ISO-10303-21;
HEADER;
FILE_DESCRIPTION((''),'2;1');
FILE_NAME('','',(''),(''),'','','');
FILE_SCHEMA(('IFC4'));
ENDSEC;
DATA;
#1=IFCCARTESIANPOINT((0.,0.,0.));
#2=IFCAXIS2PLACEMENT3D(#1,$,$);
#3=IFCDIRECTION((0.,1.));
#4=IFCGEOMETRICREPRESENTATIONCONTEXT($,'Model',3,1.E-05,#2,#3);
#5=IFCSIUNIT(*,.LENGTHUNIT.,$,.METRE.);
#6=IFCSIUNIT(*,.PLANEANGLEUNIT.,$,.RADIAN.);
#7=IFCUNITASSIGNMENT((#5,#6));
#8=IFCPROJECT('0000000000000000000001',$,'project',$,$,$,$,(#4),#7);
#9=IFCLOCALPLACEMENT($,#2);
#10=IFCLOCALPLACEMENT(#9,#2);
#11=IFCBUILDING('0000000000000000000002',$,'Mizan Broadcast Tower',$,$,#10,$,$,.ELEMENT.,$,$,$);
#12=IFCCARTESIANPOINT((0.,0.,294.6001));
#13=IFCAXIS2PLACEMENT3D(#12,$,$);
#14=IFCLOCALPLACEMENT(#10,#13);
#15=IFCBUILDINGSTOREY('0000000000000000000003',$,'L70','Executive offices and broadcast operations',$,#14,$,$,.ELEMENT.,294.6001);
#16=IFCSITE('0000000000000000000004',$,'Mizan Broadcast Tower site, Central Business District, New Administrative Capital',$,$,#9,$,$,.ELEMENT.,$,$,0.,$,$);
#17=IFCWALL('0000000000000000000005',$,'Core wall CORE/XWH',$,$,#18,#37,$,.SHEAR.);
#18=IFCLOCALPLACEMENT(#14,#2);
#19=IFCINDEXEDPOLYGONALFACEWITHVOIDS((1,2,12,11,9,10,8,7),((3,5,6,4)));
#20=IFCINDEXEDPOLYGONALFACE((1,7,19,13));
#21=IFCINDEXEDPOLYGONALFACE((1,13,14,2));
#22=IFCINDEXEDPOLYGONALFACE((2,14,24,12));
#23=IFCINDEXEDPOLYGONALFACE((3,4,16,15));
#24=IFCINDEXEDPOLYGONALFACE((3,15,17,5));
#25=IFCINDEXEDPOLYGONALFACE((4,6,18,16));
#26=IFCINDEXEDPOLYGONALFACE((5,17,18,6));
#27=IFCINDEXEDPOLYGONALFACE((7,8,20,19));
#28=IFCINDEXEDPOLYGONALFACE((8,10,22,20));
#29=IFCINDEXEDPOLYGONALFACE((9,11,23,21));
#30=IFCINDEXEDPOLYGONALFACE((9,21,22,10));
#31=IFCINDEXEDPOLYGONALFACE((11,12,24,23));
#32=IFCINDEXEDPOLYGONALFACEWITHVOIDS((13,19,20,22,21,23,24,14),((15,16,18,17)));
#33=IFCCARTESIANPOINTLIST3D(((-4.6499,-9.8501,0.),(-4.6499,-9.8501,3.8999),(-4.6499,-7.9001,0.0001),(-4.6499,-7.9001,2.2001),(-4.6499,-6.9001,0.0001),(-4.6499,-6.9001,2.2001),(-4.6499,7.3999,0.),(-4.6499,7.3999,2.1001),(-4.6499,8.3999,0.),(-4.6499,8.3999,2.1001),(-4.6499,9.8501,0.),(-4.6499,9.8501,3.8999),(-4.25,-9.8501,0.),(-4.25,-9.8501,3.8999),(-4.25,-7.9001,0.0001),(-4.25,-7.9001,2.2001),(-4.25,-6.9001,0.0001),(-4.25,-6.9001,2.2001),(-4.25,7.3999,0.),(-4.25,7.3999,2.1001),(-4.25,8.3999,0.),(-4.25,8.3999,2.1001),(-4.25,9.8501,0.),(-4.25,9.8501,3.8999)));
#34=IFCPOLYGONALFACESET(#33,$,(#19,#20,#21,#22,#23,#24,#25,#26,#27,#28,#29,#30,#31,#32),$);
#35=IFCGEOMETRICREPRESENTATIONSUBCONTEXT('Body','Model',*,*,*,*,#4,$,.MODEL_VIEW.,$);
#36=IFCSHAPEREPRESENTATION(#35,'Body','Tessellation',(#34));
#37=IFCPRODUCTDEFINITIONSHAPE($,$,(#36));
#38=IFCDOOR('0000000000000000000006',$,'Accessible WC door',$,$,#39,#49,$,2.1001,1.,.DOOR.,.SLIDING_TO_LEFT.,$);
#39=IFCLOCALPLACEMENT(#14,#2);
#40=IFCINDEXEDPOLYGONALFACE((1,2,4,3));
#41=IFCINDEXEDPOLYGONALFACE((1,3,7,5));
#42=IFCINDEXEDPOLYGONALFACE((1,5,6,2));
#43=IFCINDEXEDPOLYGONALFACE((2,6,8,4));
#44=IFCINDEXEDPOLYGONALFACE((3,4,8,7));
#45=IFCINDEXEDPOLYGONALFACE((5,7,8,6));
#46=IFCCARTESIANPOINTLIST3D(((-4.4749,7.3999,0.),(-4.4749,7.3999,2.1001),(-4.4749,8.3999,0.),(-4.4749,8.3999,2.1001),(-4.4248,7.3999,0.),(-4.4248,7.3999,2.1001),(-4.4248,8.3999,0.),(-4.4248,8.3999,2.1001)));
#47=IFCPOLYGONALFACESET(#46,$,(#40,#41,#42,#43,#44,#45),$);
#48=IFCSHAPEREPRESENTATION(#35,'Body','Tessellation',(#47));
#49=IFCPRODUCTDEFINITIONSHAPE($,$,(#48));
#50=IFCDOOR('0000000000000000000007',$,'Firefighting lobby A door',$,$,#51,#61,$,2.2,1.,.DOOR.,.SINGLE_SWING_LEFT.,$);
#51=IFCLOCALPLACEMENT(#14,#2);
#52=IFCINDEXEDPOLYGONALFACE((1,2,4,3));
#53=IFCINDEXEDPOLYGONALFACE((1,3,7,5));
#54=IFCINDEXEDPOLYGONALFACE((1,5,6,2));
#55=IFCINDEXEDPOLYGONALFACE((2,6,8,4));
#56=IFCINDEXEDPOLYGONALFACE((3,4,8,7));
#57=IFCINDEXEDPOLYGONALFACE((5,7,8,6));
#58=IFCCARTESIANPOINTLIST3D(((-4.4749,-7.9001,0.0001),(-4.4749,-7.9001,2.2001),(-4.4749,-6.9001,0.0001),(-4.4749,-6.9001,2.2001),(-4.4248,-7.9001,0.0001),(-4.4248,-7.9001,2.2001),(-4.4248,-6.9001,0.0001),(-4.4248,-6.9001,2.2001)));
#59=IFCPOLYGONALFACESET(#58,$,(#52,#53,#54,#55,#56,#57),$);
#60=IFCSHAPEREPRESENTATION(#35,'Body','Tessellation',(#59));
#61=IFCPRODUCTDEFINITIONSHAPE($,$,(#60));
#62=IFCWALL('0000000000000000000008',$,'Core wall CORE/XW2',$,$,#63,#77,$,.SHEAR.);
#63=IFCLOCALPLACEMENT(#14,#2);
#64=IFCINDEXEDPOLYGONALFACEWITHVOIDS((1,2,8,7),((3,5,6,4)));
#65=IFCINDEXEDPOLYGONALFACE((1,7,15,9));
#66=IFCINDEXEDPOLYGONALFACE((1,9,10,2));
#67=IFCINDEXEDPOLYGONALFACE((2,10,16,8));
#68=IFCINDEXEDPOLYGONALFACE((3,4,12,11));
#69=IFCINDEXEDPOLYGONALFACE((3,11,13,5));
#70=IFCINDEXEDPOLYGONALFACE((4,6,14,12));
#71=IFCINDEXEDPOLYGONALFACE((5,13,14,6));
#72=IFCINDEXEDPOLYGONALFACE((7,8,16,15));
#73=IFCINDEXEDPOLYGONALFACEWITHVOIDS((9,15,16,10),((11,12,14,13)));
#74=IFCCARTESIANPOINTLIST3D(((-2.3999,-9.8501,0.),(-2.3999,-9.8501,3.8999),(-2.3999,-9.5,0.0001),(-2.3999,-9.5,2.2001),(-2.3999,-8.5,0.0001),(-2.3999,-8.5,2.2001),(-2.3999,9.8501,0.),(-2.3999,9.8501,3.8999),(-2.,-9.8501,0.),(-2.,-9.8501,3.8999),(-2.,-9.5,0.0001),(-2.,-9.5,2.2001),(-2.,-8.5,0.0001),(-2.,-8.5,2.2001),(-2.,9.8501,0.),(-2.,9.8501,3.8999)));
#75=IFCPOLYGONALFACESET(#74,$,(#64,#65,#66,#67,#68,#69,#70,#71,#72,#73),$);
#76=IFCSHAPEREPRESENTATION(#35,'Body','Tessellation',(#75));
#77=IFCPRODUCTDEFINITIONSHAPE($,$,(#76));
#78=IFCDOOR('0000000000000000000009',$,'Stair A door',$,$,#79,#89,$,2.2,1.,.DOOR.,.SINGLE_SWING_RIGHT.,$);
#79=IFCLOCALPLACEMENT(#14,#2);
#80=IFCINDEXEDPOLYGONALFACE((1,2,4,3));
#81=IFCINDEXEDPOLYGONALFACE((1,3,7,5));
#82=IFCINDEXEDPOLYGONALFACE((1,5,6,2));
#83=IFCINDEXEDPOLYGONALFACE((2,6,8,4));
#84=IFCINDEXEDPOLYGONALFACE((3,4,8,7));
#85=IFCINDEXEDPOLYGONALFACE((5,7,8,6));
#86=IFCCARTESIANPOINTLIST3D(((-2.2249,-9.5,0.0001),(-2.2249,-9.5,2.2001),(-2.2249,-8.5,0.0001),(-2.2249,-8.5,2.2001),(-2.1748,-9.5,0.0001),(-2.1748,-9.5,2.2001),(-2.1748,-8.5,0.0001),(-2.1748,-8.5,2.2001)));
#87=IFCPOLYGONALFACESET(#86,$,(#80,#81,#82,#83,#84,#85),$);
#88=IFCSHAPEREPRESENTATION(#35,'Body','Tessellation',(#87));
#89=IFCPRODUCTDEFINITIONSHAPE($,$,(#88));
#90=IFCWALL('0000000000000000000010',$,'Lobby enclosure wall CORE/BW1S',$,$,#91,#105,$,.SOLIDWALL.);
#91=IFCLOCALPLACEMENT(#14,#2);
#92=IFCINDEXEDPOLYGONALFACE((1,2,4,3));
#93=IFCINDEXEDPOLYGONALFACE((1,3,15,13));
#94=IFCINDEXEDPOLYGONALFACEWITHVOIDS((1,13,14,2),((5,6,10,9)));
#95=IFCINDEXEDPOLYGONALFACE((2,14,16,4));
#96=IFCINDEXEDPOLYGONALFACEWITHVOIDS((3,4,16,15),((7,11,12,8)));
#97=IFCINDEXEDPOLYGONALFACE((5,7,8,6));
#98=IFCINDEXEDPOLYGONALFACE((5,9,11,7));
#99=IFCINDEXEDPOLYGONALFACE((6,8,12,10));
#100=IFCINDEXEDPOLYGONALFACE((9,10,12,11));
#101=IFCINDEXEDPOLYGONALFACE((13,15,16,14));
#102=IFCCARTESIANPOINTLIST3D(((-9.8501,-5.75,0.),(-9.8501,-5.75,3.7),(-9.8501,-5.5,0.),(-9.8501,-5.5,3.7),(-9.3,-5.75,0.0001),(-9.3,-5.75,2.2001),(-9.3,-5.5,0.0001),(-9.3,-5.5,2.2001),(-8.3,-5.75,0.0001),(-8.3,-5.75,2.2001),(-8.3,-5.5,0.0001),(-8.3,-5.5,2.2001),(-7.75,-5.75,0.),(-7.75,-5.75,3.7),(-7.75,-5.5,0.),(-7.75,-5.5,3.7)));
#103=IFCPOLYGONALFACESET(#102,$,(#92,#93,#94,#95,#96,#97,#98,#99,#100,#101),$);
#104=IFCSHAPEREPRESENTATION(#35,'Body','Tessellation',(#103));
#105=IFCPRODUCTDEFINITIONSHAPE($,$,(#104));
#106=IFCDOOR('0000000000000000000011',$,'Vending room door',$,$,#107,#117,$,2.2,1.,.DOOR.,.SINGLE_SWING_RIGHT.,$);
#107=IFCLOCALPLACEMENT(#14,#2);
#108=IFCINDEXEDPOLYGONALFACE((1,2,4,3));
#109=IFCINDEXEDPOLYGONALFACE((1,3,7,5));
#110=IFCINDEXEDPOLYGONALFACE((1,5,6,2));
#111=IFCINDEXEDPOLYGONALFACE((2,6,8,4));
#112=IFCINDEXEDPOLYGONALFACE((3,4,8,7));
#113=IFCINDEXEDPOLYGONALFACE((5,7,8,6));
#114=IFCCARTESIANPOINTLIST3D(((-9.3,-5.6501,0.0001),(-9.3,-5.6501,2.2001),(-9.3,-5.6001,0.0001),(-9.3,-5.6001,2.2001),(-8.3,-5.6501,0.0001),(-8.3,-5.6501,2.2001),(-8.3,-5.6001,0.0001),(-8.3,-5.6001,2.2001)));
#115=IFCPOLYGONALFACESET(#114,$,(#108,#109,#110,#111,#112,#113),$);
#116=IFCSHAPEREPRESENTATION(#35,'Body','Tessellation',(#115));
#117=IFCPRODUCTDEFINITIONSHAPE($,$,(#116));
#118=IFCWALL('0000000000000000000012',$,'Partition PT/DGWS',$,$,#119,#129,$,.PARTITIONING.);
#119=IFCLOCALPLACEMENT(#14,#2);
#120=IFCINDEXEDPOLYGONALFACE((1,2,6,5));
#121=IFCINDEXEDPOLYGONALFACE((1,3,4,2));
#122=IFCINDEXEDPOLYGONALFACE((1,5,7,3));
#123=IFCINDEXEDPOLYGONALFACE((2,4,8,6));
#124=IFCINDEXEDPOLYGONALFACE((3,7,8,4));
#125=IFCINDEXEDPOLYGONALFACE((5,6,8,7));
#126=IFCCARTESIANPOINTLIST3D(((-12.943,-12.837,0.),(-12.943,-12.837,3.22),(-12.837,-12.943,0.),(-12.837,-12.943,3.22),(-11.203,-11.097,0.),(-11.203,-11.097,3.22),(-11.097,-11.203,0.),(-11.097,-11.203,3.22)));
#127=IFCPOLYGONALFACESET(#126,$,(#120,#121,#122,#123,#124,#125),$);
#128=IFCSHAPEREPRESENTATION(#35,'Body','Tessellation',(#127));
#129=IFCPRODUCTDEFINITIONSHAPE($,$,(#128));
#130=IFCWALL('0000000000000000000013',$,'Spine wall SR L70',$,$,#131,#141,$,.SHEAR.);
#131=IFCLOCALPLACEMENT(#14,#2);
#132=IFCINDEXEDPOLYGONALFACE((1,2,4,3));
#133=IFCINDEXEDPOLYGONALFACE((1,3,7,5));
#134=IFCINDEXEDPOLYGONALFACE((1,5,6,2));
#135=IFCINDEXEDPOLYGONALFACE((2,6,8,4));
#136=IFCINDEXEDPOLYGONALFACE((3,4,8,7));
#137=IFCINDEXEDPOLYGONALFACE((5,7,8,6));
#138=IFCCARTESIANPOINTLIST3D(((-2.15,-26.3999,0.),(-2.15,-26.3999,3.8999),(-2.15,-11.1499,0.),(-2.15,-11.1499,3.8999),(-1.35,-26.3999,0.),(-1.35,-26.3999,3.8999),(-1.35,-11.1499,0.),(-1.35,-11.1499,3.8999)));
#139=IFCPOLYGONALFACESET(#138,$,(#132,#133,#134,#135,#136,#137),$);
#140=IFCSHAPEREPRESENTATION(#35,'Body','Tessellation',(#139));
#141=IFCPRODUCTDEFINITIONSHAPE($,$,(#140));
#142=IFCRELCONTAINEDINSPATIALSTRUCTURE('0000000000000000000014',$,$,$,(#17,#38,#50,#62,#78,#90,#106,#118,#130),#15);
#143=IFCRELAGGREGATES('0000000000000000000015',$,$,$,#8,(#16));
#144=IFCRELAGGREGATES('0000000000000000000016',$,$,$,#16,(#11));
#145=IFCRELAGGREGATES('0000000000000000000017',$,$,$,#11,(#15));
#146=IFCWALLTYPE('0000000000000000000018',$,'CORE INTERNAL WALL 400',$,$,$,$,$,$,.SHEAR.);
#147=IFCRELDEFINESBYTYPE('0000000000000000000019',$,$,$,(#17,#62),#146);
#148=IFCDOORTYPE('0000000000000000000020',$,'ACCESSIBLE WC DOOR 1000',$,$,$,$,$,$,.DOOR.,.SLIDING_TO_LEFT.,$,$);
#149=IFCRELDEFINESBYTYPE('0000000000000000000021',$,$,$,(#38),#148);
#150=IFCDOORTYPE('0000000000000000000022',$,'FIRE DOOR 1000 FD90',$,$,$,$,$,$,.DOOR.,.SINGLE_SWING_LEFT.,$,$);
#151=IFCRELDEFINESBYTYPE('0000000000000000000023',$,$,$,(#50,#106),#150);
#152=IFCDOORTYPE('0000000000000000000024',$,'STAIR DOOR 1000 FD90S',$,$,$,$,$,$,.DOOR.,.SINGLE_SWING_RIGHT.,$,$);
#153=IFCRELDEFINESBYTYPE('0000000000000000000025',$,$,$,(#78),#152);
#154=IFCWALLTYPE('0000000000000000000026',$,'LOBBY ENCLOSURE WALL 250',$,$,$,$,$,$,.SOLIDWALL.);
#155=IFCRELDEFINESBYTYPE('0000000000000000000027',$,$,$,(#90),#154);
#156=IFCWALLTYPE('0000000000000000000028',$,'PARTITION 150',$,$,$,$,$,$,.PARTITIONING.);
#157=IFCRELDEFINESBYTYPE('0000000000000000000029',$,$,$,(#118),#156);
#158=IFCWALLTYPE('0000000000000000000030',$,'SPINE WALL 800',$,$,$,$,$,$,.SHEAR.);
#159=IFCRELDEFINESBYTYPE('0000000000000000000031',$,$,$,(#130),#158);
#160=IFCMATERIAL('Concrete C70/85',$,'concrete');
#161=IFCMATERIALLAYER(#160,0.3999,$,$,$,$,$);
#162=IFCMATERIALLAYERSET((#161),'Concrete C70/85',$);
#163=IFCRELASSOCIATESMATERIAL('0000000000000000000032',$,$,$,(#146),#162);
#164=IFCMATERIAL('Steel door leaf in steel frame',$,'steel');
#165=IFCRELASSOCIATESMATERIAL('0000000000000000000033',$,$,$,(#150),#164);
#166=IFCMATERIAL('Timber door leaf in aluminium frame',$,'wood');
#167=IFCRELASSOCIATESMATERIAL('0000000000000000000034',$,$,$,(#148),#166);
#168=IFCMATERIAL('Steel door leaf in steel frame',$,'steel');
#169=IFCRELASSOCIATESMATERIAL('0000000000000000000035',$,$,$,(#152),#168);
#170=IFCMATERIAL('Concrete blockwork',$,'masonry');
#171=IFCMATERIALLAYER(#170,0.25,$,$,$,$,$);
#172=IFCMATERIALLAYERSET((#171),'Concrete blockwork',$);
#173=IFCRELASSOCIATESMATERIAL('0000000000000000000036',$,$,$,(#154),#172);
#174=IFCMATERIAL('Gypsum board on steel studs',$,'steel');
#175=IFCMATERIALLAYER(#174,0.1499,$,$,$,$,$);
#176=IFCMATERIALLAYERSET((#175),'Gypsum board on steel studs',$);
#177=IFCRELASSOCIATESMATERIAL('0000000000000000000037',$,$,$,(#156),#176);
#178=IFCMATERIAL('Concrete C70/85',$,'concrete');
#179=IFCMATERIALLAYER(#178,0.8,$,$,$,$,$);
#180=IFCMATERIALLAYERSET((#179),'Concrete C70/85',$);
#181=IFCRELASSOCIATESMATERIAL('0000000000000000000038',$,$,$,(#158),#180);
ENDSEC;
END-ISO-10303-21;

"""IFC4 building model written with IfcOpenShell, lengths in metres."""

from ifc_helpers import new_model, si_unit, direction, frame, frame_2d, origin, place, context, subcontext, project, spatial, rectangle, extrude, material, layer, layer_set, type_object, element, fill, save


model = new_model("IFC4")

# Units and contexts
model_context = context("Model", 3, precision=1e-05, world=origin(), true_north=direction((0.0, 1.0)))
body_context = subcontext(model_context, "Body", "Model", "MODEL_VIEW")
ifc_project = project(units=[si_unit("LENGTHUNIT", "METRE"), si_unit("PLANEANGLEUNIT", "RADIAN")], contexts=[model_context])

# Site, building, storey
site_placement = place(None, origin())
site = spatial("IfcSite", under=ifc_project, at=site_placement, Name="Mizan Broadcast Tower site, Central Business District, New Administrative Capital", CompositionType="ELEMENT", RefElevation=0.0)
building_placement = place(site_placement, origin())
building = spatial("IfcBuilding", under=site, at=building_placement, Name="Mizan Broadcast Tower", CompositionType="ELEMENT")
storey_placement = place(building_placement, frame((0.0, 0.0, 294.6001)))
storey = spatial("IfcBuildingStorey", under=building, at=storey_placement, Name="L70", Description="Executive offices and broadcast operations", CompositionType="ELEMENT", Elevation=294.6001)

# Wall, openings, doors
ifc_material_1 = material(Name="Concrete C70/85", Category="concrete")
ifc_layer_1 = layer(ifc_material_1, 0.3999)
ifc_layer_set_1 = layer_set([ifc_layer_1], Name="Concrete C70/85")
wall_type_1 = type_object("IfcWallType", Name="CORE INTERNAL WALL 400", PredefinedType="SHEAR", material=ifc_layer_set_1)
ifc_material_2 = material(Name="Steel door leaf in steel frame", Category="steel")
door_type_1 = type_object("IfcDoorType", Name="FIRE DOOR 1000 FD90", OperationType="SINGLE_SWING_LEFT", PredefinedType="DOOR", material=ifc_material_2)
wall_1_placement = place(storey_placement, frame((-4.45, -9.8501, 0.0), z_axis=(0.0, 0.0, 1.0), x_axis=(0.0, 1.0, 0.0)))
wall_1 = element("IfcWall", 1, at=wall_1_placement, inside=storey, type_object=wall_type_1, Name="Core wall CORE/XWH", PredefinedType="SHEAR", context=body_context, shape_type="SweptSolid", body=[
    extrude(rectangle(XDim=19.7002, YDim=0.3999, at=frame_2d((9.8501, 0.0))), origin(), (0.0, 0.0, 1.0), 3.8999),
])
opening_1_placement = place(wall_1_placement, frame((1.95, 0.0, 0.0)))
opening_1 = element("IfcOpeningElement", 2, at=opening_1_placement, cuts=wall_1, PredefinedType="OPENING", context=body_context, shape_type="SweptSolid", body=[
    extrude(rectangle(XDim=1.0, YDim=2.2, at=frame_2d((0.5, 1.1001))), frame((0.0, 0.21, 0.0), z_axis=(0.0, -1.0, 0.0), x_axis=(1.0, 0.0, 0.0)), (0.0, 0.0, 1.0), 0.4199),
])
opening_2_placement = place(wall_1_placement, frame((17.25, 0.0, 0.0)))
opening_2 = element("IfcOpeningElement", 3, at=opening_2_placement, cuts=wall_1, PredefinedType="OPENING", context=body_context, shape_type="SweptSolid", body=[
    extrude(rectangle(XDim=1.0, YDim=2.1001, at=frame_2d((0.5, 1.05))), frame((0.0, 0.21, 0.0), z_axis=(0.0, -1.0, 0.0), x_axis=(1.0, 0.0, 0.0)), (0.0, 0.0, 1.0), 0.4199),
])
ifc_material_3 = material(Name="Timber door leaf in aluminium frame", Category="wood")
door_type_2 = type_object("IfcDoorType", Name="ACCESSIBLE WC DOOR 1000", OperationType="SLIDING_TO_LEFT", PredefinedType="DOOR", material=ifc_material_3)
door_1_placement = place(opening_2_placement, origin())
door_1 = element("IfcDoor", 4, at=door_1_placement, inside=storey, type_object=door_type_2, Name="Accessible WC door", OperationType="SLIDING_TO_LEFT", OverallHeight=2.1001, OverallWidth=1.0, PredefinedType="DOOR", context=body_context, shape_type="SweptSolid", body=[
    extrude(rectangle(XDim=1.0, YDim=2.1001, at=frame_2d((0.5, 1.05))), frame((0.0, 0.0249, 0.0), z_axis=(0.0, -1.0, 0.0), x_axis=(1.0, 0.0, 0.0)), (0.0, 0.0, 1.0), 0.05),
])
fill(opening_2, door_1)
door_2_placement = place(opening_1_placement, origin())
door_2 = element("IfcDoor", 5, at=door_2_placement, inside=storey, type_object=door_type_1, Name="Firefighting lobby A door", OperationType="SINGLE_SWING_LEFT", OverallHeight=2.2, OverallWidth=1.0, PredefinedType="DOOR", context=body_context, shape_type="SweptSolid", body=[
    extrude(rectangle(XDim=1.0, YDim=2.2, at=frame_2d((0.5, 1.1001))), frame((0.0, 0.0249, 0.0), z_axis=(0.0, -1.0, 0.0), x_axis=(1.0, 0.0, 0.0)), (0.0, 0.0, 1.0), 0.05),
])
fill(opening_1, door_2)

# Walls, openings, doors
wall_2_placement = place(storey_placement, frame((-2.2, -9.8501, 0.0), z_axis=(0.0, 0.0, 1.0), x_axis=(0.0, 1.0, 0.0)))
wall_2 = element("IfcWall", 6, at=wall_2_placement, inside=storey, type_object=wall_type_1, Name="Core wall CORE/XW2", PredefinedType="SHEAR", context=body_context, shape_type="SweptSolid", body=[
    extrude(rectangle(XDim=19.7002, YDim=0.3999, at=frame_2d((9.8501, 0.0))), origin(), (0.0, 0.0, 1.0), 3.8999),
])
opening_3_placement = place(wall_2_placement, frame((0.3501, 0.0, 0.0)))
opening_3 = element("IfcOpeningElement", 7, at=opening_3_placement, cuts=wall_2, PredefinedType="OPENING", context=body_context, shape_type="SweptSolid", body=[
    extrude(rectangle(XDim=1.0, YDim=2.2, at=frame_2d((0.5, 1.1001))), frame((0.0, 0.21, 0.0), z_axis=(0.0, -1.0, 0.0), x_axis=(1.0, 0.0, 0.0)), (0.0, 0.0, 1.0), 0.4199),
])
ifc_material_4 = material(Name="Steel door leaf in steel frame", Category="steel")
door_type_3 = type_object("IfcDoorType", Name="STAIR DOOR 1000 FD90S", OperationType="SINGLE_SWING_RIGHT", PredefinedType="DOOR", material=ifc_material_4)
door_3_placement = place(opening_3_placement, origin())
door_3 = element("IfcDoor", 8, at=door_3_placement, inside=storey, type_object=door_type_3, Name="Stair A door", OperationType="SINGLE_SWING_RIGHT", OverallHeight=2.2, OverallWidth=1.0, PredefinedType="DOOR", context=body_context, shape_type="SweptSolid", body=[
    extrude(rectangle(XDim=1.0, YDim=2.2, at=frame_2d((0.5, 1.1001))), frame((0.0, 0.0249, 0.0), z_axis=(0.0, -1.0, 0.0), x_axis=(1.0, 0.0, 0.0)), (0.0, 0.0, 1.0), 0.05),
])
fill(opening_3, door_3)
ifc_material_5 = material(Name="Concrete blockwork", Category="masonry")
ifc_layer_2 = layer(ifc_material_5, 0.25)
ifc_layer_set_2 = layer_set([ifc_layer_2], Name="Concrete blockwork")
wall_type_2 = type_object("IfcWallType", Name="LOBBY ENCLOSURE WALL 250", PredefinedType="SOLIDWALL", material=ifc_layer_set_2)
wall_3_placement = place(storey_placement, frame((-9.8501, -5.625, 0.0), z_axis=(0.0, 0.0, 1.0), x_axis=(1.0, 0.0, 0.0)))
wall_3 = element("IfcWall", 9, at=wall_3_placement, inside=storey, type_object=wall_type_2, Name="Lobby enclosure wall CORE/BW1S", PredefinedType="SOLIDWALL", context=body_context, shape_type="SweptSolid", body=[
    extrude(rectangle(XDim=2.1001, YDim=0.25, at=frame_2d((1.05, 0.0))), origin(), (0.0, 0.0, 1.0), 3.7),
])
opening_4_placement = place(wall_3_placement, frame((0.55, 0.0, 0.0)))
opening_4 = element("IfcOpeningElement", 10, at=opening_4_placement, cuts=wall_3, PredefinedType="OPENING", context=body_context, shape_type="SweptSolid", body=[
    extrude(rectangle(XDim=1.0, YDim=2.2, at=frame_2d((0.5, 1.1001))), frame((0.0, 0.135, 0.0), z_axis=(0.0, -1.0, 0.0), x_axis=(1.0, 0.0, 0.0)), (0.0, 0.0, 1.0), 0.27),
])
door_4_placement = place(opening_4_placement, origin())
door_4 = element("IfcDoor", 11, at=door_4_placement, inside=storey, type_object=door_type_1, Name="Vending room door", OperationType="SINGLE_SWING_RIGHT", OverallHeight=2.2, OverallWidth=1.0, PredefinedType="DOOR", context=body_context, shape_type="SweptSolid", body=[
    extrude(rectangle(XDim=1.0, YDim=2.2, at=frame_2d((0.5, 1.1001))), frame((0.0, 0.0249, 0.0), z_axis=(0.0, -1.0, 0.0), x_axis=(1.0, 0.0, 0.0)), (0.0, 0.0, 1.0), 0.05),
])
fill(opening_4, door_4)

# Walls
ifc_material_6 = material(Name="Gypsum board on steel studs", Category="steel")
ifc_layer_3 = layer(ifc_material_6, 0.1499)
ifc_layer_set_3 = layer_set([ifc_layer_3], Name="Gypsum board on steel studs")
wall_type_3 = type_object("IfcWallType", Name="PARTITION 150", PredefinedType="PARTITIONING", material=ifc_layer_set_3)
wall_4_placement = place(storey_placement, frame((-11.1499, -11.1499, 0.0), z_axis=(0.0, 0.0, 1.0), x_axis=(-0.707107, -0.707107, 0.0)))
element("IfcWall", 12, at=wall_4_placement, inside=storey, type_object=wall_type_3, Name="Partition PT/DGWS", PredefinedType="PARTITIONING", context=body_context, shape_type="SweptSolid", body=[
    extrude(rectangle(XDim=2.4607, YDim=0.1499, at=frame_2d((1.2305, 0.0))), origin(), (0.0, 0.0, 1.0), 3.22),
])
ifc_material_7 = material(Name="Concrete C70/85", Category="concrete")
ifc_layer_4 = layer(ifc_material_7, 0.8)
ifc_layer_set_4 = layer_set([ifc_layer_4], Name="Concrete C70/85")
wall_type_4 = type_object("IfcWallType", Name="SPINE WALL 800", PredefinedType="SHEAR", material=ifc_layer_set_4)
wall_5_placement = place(storey_placement, frame((-1.75, -11.1499, 0.0), z_axis=(0.0, 0.0, 1.0), x_axis=(0.0, -1.0, 0.0)))
element("IfcWall", 13, at=wall_5_placement, inside=storey, type_object=wall_type_4, Name="Spine wall SR L70", PredefinedType="SHEAR", context=body_context, shape_type="SweptSolid", body=[
    extrude(rectangle(XDim=15.25, YDim=0.8, at=frame_2d((7.625, 0.0))), origin(), (0.0, 0.0, 1.0), 3.8999),
])

save(model, "model.ifc")
